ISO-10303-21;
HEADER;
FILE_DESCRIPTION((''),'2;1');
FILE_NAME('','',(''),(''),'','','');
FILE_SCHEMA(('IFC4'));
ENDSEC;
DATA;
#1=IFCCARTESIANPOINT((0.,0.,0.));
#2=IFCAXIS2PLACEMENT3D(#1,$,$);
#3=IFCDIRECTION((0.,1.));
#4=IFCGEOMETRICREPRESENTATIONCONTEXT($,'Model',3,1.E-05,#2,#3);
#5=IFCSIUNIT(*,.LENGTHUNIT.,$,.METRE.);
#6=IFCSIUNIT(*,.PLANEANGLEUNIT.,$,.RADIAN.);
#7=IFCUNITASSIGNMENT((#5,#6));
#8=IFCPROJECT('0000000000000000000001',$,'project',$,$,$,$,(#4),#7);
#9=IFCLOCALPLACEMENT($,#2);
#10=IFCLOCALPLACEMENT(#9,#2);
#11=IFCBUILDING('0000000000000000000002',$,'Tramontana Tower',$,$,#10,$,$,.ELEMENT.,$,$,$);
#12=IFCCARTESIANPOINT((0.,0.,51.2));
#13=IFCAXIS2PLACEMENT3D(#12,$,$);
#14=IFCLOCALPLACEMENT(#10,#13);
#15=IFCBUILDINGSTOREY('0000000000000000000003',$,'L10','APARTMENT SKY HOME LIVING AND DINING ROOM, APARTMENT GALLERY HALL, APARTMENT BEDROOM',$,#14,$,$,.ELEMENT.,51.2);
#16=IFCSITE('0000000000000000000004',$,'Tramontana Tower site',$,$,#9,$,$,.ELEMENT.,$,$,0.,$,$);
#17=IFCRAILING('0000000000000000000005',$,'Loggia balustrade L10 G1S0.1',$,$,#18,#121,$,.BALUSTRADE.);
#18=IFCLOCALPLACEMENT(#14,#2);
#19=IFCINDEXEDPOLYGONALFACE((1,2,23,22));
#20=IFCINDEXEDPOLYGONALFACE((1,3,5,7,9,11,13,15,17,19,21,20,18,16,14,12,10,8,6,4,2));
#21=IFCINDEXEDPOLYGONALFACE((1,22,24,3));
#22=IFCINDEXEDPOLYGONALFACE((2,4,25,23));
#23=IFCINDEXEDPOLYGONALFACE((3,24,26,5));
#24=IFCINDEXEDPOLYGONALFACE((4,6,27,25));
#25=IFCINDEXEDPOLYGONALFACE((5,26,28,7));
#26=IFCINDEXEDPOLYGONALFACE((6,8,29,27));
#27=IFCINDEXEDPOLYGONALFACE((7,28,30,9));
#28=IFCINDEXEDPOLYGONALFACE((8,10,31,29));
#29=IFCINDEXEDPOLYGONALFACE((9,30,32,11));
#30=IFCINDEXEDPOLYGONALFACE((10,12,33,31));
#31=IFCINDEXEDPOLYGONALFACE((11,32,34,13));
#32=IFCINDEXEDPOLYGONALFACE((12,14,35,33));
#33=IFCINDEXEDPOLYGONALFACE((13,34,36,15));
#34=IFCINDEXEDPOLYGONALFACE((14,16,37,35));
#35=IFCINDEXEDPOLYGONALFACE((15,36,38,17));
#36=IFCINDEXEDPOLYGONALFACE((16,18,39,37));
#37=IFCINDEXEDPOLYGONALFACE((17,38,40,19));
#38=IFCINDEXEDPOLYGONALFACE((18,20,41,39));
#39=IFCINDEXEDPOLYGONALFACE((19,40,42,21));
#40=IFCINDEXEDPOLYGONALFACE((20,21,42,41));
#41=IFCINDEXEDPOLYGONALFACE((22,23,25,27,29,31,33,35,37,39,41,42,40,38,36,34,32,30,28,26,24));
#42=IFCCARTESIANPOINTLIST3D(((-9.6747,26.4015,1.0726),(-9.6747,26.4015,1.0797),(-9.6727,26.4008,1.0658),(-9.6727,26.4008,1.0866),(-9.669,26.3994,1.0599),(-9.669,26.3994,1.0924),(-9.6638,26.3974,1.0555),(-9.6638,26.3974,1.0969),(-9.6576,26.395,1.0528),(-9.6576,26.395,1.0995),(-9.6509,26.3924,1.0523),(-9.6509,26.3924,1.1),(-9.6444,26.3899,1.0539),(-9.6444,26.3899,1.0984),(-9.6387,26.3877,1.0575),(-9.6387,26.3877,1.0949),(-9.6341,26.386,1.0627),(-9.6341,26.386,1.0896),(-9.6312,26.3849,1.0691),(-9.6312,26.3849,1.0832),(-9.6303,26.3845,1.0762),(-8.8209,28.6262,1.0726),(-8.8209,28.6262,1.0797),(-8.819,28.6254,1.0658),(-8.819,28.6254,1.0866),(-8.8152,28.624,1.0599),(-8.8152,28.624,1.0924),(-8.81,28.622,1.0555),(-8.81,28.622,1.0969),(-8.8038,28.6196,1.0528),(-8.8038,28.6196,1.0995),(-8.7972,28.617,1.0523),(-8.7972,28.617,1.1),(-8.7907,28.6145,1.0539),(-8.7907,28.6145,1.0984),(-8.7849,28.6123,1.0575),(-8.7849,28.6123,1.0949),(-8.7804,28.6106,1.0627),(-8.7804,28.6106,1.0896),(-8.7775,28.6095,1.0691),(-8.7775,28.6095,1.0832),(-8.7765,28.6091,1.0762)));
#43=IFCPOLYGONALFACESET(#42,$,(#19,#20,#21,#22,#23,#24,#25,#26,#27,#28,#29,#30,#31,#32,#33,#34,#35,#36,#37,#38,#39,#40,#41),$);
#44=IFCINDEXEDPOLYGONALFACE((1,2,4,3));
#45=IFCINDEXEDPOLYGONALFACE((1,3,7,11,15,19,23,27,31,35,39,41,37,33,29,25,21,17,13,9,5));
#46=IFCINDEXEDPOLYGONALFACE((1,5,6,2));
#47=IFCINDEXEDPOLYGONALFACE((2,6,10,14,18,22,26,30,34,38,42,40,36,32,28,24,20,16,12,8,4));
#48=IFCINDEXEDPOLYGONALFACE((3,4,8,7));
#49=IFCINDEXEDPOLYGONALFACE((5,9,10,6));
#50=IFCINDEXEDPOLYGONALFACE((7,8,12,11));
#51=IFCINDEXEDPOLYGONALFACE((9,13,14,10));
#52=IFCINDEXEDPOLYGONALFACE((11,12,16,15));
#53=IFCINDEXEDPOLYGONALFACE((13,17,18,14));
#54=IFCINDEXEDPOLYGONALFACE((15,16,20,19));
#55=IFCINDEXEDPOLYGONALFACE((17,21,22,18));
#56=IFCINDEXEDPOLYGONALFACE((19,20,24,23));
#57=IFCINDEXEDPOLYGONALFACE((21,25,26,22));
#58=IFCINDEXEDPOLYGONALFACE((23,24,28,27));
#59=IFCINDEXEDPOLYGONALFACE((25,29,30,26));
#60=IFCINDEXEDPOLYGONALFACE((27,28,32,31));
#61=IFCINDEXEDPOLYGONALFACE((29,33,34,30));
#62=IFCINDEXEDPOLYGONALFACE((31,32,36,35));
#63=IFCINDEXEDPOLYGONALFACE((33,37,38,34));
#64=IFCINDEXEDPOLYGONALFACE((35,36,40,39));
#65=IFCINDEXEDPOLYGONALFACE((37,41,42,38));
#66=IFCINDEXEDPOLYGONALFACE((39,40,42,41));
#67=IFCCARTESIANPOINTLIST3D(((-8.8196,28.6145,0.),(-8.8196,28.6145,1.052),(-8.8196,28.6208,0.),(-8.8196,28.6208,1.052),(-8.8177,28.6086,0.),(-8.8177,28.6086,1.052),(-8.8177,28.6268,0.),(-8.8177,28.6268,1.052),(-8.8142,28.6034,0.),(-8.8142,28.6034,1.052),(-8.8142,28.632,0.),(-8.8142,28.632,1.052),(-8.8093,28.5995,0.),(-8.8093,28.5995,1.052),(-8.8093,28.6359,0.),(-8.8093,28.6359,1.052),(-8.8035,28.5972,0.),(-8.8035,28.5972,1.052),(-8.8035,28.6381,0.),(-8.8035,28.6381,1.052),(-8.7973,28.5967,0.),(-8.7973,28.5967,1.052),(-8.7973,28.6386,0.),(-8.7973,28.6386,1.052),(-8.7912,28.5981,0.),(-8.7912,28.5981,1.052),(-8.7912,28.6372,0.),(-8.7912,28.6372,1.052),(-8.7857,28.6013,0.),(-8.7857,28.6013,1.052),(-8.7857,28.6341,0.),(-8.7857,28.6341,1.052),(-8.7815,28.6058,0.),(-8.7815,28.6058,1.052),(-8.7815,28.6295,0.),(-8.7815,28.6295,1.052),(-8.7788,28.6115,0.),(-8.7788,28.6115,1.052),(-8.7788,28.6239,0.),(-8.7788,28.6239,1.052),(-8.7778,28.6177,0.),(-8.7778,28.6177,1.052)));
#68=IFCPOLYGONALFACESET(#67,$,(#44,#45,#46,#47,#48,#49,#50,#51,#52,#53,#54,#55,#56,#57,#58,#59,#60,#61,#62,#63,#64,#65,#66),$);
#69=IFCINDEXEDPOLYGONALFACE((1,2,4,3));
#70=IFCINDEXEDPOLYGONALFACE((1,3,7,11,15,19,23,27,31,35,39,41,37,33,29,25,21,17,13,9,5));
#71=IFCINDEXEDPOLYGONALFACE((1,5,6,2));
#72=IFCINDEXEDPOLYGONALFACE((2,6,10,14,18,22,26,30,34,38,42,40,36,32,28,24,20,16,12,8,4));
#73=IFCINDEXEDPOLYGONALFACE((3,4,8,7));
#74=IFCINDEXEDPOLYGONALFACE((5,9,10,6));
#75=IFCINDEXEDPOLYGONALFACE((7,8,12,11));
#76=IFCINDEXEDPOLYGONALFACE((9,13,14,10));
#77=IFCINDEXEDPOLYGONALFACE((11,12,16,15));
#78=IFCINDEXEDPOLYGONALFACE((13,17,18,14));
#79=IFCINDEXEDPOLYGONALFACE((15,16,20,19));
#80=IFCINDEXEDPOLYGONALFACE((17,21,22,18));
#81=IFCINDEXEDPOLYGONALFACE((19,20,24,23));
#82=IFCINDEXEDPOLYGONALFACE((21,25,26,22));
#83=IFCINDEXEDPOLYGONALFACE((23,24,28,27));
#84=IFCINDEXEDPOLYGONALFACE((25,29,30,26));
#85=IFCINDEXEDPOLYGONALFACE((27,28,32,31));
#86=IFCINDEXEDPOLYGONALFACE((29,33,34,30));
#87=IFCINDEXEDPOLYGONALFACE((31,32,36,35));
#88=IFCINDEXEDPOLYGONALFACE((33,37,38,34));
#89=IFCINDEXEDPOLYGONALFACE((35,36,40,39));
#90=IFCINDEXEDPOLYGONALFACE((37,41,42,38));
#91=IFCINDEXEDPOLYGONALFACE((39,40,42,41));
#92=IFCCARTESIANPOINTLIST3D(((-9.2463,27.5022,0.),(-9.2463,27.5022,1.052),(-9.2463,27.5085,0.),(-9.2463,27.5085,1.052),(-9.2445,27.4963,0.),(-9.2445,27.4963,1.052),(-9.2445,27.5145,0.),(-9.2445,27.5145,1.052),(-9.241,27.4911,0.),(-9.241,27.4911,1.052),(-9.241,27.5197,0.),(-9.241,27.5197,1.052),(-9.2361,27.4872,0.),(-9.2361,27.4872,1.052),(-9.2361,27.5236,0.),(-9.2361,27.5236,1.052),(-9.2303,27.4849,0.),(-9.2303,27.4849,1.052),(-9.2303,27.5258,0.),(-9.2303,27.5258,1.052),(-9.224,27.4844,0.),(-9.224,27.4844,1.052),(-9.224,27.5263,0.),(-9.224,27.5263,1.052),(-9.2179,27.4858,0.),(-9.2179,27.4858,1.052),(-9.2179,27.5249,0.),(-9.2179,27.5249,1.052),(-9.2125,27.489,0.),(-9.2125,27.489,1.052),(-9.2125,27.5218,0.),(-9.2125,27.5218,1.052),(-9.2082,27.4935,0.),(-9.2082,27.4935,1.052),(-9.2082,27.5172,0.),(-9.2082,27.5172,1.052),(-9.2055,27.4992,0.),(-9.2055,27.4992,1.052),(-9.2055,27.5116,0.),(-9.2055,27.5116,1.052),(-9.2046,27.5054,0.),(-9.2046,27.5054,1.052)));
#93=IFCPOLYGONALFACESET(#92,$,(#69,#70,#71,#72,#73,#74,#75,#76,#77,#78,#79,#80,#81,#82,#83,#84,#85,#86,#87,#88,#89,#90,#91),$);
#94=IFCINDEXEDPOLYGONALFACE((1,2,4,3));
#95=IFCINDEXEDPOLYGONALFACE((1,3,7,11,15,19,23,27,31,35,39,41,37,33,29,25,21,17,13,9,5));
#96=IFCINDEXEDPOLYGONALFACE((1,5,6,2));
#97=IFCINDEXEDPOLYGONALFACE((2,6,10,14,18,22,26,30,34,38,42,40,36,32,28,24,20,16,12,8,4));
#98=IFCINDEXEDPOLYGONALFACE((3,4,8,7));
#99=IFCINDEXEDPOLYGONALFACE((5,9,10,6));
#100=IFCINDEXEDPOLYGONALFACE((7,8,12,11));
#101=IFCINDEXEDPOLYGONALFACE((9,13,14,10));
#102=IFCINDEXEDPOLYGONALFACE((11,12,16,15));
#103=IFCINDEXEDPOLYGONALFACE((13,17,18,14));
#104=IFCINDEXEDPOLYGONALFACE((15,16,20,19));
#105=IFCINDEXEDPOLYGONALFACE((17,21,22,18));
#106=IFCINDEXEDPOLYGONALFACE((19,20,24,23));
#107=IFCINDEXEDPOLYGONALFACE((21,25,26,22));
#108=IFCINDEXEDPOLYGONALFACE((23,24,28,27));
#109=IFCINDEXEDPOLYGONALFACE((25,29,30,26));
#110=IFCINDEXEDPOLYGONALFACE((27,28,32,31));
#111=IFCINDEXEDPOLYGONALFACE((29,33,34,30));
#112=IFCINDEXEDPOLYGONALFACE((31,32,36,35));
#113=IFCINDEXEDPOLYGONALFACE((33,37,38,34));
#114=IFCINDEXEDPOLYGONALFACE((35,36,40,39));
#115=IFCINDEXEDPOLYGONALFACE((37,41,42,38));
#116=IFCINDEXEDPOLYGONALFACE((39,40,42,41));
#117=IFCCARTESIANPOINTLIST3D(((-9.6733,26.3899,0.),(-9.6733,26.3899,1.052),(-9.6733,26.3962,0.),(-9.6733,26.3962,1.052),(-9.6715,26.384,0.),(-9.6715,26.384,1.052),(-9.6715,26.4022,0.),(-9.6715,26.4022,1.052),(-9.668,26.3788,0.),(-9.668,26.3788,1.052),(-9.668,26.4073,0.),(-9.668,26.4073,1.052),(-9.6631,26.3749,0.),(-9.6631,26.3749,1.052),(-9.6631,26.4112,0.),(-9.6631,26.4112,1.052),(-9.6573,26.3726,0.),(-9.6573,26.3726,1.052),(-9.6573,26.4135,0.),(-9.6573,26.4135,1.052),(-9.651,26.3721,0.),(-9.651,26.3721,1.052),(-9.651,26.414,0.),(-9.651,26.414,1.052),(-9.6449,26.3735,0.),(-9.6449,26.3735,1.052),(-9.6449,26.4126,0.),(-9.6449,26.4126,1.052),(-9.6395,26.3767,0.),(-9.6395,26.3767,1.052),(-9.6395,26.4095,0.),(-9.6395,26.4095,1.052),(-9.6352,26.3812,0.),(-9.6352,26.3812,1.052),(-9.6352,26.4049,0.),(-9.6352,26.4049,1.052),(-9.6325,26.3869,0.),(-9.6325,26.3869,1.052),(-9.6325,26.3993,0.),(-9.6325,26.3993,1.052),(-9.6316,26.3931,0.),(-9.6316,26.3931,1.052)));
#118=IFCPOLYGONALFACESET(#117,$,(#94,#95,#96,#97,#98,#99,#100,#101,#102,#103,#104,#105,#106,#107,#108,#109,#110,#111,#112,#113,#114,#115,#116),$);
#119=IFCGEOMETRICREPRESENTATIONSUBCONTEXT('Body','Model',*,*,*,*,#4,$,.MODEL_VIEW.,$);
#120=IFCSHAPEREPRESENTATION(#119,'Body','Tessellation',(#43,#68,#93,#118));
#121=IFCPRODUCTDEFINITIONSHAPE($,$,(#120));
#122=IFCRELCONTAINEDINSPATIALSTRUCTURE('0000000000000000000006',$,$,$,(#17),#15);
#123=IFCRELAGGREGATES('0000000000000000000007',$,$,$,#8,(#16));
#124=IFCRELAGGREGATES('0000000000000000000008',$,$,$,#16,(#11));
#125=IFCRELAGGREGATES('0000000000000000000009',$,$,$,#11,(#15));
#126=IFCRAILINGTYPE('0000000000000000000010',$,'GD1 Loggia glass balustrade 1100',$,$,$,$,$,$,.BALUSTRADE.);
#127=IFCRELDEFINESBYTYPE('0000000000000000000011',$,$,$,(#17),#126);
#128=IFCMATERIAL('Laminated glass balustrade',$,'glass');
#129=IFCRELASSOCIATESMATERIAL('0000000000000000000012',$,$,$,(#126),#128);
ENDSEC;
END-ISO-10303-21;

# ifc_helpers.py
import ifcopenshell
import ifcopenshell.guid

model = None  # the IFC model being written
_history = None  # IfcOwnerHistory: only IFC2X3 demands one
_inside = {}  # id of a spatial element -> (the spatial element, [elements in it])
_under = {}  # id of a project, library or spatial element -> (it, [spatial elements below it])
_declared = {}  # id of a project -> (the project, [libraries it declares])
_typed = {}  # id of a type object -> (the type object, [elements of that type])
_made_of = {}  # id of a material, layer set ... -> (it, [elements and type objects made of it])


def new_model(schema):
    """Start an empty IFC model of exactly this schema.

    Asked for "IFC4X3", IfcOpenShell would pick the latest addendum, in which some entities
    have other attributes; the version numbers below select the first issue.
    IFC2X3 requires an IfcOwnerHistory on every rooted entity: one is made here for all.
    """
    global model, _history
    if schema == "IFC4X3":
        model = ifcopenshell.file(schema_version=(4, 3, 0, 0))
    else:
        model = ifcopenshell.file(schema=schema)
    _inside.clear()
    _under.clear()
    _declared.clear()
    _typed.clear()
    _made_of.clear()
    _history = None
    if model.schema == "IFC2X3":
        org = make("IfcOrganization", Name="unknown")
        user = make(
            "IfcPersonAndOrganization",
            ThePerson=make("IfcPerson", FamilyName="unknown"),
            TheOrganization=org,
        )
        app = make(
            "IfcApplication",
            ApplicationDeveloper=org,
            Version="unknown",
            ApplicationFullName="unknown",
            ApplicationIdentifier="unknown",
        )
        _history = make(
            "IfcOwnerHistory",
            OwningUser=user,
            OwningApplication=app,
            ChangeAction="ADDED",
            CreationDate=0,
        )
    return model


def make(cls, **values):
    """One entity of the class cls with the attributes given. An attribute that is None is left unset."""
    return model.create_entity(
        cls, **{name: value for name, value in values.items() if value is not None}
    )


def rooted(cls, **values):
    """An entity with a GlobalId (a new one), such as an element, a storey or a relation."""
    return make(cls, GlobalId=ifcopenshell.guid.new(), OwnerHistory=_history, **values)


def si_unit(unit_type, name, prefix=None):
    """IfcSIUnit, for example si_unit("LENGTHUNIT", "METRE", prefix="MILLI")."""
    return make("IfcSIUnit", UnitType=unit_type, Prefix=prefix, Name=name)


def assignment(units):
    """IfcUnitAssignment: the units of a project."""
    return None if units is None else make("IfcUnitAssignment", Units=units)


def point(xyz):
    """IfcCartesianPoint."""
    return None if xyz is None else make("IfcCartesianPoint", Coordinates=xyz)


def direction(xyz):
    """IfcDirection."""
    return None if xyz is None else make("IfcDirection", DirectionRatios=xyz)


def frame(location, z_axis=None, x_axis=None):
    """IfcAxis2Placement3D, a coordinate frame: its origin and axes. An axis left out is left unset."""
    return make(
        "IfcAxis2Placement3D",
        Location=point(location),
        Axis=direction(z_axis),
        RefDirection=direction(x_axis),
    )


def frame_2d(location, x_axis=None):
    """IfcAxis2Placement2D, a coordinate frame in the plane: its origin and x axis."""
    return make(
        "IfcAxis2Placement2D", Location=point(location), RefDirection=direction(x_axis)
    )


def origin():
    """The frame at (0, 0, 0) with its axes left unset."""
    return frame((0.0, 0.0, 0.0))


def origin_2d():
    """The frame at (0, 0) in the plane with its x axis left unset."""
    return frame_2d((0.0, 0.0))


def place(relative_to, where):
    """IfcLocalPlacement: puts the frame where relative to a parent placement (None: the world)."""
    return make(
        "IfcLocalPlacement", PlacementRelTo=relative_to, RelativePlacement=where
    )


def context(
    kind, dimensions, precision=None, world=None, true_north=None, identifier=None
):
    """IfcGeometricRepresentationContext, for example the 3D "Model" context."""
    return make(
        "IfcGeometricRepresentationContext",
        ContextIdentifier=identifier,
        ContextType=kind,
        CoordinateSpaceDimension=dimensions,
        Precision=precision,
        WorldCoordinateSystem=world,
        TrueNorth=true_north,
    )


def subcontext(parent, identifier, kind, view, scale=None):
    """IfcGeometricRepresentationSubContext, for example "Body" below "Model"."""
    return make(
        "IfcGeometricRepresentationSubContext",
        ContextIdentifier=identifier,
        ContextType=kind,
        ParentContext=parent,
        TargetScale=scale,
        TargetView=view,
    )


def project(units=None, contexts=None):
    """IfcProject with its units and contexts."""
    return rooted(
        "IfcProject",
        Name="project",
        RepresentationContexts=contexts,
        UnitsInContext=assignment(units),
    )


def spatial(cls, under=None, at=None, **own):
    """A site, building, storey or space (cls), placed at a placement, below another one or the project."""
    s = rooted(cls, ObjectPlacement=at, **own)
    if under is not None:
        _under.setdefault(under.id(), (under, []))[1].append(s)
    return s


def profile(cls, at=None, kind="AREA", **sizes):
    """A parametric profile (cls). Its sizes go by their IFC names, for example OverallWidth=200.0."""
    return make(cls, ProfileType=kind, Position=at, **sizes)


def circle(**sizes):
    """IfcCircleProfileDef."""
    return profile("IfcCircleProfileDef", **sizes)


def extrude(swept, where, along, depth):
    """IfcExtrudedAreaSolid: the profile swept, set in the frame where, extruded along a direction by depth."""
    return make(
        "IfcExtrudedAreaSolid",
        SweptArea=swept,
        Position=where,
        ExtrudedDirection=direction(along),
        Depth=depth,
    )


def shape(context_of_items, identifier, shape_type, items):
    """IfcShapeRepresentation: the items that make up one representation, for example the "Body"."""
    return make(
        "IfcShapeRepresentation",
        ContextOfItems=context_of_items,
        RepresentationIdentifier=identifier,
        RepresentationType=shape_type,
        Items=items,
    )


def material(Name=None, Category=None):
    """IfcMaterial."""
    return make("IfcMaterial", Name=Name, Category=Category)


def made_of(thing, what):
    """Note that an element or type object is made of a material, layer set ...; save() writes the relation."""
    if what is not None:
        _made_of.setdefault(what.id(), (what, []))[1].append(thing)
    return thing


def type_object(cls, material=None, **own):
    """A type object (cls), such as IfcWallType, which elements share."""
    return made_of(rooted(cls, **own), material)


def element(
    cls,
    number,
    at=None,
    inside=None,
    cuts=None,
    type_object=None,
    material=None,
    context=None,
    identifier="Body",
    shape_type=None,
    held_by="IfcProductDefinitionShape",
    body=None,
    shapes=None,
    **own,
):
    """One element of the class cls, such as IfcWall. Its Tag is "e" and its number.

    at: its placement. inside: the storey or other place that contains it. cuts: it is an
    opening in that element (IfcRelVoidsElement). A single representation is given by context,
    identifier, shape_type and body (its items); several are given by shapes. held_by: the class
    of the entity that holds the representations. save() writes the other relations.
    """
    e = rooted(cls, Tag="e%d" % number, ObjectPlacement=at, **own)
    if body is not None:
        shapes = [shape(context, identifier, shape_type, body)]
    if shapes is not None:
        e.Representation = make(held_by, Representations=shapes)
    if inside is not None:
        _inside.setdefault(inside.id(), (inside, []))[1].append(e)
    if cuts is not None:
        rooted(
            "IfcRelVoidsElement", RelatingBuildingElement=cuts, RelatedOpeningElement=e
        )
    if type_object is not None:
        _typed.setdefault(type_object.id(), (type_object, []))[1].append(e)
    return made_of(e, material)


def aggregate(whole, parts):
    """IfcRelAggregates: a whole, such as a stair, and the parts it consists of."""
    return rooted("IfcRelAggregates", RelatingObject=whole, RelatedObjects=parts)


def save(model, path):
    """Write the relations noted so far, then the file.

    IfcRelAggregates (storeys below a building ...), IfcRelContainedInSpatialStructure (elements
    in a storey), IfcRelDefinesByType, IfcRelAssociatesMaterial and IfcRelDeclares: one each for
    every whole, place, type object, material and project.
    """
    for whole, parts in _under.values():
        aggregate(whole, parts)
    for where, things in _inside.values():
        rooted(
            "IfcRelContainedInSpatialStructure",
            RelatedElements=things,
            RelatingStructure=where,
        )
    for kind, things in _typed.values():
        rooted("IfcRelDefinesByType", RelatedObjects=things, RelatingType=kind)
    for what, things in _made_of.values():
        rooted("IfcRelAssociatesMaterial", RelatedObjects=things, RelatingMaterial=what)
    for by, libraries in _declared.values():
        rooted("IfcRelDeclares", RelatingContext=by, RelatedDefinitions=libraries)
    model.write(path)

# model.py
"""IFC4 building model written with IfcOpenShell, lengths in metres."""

from ifc_helpers import new_model, si_unit, direction, frame, origin, origin_2d, place, context, subcontext, project, spatial, circle, extrude, material, type_object, element, save


model = new_model("IFC4")

# Units and contexts
model_context = context("Model", 3, precision=1e-05, world=origin(), true_north=direction((0.0, 1.0)))
body_context = subcontext(model_context, "Body", "Model", "MODEL_VIEW")
ifc_project = project(units=[si_unit("LENGTHUNIT", "METRE"), si_unit("PLANEANGLEUNIT", "RADIAN")], contexts=[model_context])

# Site, building, storey
site_placement = place(None, origin())
site = spatial("IfcSite", under=ifc_project, at=site_placement, Name="Tramontana Tower site", CompositionType="ELEMENT", RefElevation=0.0)
building_placement = place(site_placement, origin())
building = spatial("IfcBuilding", under=site, at=building_placement, Name="Tramontana Tower", CompositionType="ELEMENT")
storey_placement = place(building_placement, frame((0.0, 0.0, 51.2)))
storey = spatial("IfcBuildingStorey", under=building, at=storey_placement, Name="L10", Description="APARTMENT SKY HOME LIVING AND DINING ROOM, APARTMENT GALLERY HALL, APARTMENT BEDROOM", CompositionType="ELEMENT", Elevation=51.2)

# Railing
ifc_material_1 = material(Name="Laminated glass balustrade", Category="glass")
railing_type = type_object("IfcRailingType", Name="GD1 Loggia glass balustrade 1100", PredefinedType="BALUSTRADE", material=ifc_material_1)
railing_1_placement = place(storey_placement, frame((-8.7988, 28.6177, 0.0)))
element("IfcRailing", 1, at=railing_1_placement, inside=storey, type_object=railing_type, Name="Loggia balustrade L10 G1S0.1", PredefinedType="BALUSTRADE", context=body_context, shape_type="SweptSolid", body=[
    extrude(circle(Radius=0.0239, at=origin_2d()), frame((0.0, 0.0, 1.0762), z_axis=(-0.358299, -0.933607, 0.0), x_axis=(0.933607, -0.358299, 0.0)), (0.0, 0.0, 1.0), 2.3828),
    extrude(circle(Radius=0.021, at=origin_2d()), origin(), (0.0, 0.0, 1.0), 1.052),
    extrude(circle(Radius=0.021, at=origin_2d()), frame((-0.4268, -1.1123, 0.0)), (0.0, 0.0, 1.0), 1.052),
    extrude(circle(Radius=0.021, at=origin_2d()), frame((-0.8538, -2.2246, 0.0)), (0.0, 0.0, 1.0), 1.052),
])

save(model, "model.ifc")
